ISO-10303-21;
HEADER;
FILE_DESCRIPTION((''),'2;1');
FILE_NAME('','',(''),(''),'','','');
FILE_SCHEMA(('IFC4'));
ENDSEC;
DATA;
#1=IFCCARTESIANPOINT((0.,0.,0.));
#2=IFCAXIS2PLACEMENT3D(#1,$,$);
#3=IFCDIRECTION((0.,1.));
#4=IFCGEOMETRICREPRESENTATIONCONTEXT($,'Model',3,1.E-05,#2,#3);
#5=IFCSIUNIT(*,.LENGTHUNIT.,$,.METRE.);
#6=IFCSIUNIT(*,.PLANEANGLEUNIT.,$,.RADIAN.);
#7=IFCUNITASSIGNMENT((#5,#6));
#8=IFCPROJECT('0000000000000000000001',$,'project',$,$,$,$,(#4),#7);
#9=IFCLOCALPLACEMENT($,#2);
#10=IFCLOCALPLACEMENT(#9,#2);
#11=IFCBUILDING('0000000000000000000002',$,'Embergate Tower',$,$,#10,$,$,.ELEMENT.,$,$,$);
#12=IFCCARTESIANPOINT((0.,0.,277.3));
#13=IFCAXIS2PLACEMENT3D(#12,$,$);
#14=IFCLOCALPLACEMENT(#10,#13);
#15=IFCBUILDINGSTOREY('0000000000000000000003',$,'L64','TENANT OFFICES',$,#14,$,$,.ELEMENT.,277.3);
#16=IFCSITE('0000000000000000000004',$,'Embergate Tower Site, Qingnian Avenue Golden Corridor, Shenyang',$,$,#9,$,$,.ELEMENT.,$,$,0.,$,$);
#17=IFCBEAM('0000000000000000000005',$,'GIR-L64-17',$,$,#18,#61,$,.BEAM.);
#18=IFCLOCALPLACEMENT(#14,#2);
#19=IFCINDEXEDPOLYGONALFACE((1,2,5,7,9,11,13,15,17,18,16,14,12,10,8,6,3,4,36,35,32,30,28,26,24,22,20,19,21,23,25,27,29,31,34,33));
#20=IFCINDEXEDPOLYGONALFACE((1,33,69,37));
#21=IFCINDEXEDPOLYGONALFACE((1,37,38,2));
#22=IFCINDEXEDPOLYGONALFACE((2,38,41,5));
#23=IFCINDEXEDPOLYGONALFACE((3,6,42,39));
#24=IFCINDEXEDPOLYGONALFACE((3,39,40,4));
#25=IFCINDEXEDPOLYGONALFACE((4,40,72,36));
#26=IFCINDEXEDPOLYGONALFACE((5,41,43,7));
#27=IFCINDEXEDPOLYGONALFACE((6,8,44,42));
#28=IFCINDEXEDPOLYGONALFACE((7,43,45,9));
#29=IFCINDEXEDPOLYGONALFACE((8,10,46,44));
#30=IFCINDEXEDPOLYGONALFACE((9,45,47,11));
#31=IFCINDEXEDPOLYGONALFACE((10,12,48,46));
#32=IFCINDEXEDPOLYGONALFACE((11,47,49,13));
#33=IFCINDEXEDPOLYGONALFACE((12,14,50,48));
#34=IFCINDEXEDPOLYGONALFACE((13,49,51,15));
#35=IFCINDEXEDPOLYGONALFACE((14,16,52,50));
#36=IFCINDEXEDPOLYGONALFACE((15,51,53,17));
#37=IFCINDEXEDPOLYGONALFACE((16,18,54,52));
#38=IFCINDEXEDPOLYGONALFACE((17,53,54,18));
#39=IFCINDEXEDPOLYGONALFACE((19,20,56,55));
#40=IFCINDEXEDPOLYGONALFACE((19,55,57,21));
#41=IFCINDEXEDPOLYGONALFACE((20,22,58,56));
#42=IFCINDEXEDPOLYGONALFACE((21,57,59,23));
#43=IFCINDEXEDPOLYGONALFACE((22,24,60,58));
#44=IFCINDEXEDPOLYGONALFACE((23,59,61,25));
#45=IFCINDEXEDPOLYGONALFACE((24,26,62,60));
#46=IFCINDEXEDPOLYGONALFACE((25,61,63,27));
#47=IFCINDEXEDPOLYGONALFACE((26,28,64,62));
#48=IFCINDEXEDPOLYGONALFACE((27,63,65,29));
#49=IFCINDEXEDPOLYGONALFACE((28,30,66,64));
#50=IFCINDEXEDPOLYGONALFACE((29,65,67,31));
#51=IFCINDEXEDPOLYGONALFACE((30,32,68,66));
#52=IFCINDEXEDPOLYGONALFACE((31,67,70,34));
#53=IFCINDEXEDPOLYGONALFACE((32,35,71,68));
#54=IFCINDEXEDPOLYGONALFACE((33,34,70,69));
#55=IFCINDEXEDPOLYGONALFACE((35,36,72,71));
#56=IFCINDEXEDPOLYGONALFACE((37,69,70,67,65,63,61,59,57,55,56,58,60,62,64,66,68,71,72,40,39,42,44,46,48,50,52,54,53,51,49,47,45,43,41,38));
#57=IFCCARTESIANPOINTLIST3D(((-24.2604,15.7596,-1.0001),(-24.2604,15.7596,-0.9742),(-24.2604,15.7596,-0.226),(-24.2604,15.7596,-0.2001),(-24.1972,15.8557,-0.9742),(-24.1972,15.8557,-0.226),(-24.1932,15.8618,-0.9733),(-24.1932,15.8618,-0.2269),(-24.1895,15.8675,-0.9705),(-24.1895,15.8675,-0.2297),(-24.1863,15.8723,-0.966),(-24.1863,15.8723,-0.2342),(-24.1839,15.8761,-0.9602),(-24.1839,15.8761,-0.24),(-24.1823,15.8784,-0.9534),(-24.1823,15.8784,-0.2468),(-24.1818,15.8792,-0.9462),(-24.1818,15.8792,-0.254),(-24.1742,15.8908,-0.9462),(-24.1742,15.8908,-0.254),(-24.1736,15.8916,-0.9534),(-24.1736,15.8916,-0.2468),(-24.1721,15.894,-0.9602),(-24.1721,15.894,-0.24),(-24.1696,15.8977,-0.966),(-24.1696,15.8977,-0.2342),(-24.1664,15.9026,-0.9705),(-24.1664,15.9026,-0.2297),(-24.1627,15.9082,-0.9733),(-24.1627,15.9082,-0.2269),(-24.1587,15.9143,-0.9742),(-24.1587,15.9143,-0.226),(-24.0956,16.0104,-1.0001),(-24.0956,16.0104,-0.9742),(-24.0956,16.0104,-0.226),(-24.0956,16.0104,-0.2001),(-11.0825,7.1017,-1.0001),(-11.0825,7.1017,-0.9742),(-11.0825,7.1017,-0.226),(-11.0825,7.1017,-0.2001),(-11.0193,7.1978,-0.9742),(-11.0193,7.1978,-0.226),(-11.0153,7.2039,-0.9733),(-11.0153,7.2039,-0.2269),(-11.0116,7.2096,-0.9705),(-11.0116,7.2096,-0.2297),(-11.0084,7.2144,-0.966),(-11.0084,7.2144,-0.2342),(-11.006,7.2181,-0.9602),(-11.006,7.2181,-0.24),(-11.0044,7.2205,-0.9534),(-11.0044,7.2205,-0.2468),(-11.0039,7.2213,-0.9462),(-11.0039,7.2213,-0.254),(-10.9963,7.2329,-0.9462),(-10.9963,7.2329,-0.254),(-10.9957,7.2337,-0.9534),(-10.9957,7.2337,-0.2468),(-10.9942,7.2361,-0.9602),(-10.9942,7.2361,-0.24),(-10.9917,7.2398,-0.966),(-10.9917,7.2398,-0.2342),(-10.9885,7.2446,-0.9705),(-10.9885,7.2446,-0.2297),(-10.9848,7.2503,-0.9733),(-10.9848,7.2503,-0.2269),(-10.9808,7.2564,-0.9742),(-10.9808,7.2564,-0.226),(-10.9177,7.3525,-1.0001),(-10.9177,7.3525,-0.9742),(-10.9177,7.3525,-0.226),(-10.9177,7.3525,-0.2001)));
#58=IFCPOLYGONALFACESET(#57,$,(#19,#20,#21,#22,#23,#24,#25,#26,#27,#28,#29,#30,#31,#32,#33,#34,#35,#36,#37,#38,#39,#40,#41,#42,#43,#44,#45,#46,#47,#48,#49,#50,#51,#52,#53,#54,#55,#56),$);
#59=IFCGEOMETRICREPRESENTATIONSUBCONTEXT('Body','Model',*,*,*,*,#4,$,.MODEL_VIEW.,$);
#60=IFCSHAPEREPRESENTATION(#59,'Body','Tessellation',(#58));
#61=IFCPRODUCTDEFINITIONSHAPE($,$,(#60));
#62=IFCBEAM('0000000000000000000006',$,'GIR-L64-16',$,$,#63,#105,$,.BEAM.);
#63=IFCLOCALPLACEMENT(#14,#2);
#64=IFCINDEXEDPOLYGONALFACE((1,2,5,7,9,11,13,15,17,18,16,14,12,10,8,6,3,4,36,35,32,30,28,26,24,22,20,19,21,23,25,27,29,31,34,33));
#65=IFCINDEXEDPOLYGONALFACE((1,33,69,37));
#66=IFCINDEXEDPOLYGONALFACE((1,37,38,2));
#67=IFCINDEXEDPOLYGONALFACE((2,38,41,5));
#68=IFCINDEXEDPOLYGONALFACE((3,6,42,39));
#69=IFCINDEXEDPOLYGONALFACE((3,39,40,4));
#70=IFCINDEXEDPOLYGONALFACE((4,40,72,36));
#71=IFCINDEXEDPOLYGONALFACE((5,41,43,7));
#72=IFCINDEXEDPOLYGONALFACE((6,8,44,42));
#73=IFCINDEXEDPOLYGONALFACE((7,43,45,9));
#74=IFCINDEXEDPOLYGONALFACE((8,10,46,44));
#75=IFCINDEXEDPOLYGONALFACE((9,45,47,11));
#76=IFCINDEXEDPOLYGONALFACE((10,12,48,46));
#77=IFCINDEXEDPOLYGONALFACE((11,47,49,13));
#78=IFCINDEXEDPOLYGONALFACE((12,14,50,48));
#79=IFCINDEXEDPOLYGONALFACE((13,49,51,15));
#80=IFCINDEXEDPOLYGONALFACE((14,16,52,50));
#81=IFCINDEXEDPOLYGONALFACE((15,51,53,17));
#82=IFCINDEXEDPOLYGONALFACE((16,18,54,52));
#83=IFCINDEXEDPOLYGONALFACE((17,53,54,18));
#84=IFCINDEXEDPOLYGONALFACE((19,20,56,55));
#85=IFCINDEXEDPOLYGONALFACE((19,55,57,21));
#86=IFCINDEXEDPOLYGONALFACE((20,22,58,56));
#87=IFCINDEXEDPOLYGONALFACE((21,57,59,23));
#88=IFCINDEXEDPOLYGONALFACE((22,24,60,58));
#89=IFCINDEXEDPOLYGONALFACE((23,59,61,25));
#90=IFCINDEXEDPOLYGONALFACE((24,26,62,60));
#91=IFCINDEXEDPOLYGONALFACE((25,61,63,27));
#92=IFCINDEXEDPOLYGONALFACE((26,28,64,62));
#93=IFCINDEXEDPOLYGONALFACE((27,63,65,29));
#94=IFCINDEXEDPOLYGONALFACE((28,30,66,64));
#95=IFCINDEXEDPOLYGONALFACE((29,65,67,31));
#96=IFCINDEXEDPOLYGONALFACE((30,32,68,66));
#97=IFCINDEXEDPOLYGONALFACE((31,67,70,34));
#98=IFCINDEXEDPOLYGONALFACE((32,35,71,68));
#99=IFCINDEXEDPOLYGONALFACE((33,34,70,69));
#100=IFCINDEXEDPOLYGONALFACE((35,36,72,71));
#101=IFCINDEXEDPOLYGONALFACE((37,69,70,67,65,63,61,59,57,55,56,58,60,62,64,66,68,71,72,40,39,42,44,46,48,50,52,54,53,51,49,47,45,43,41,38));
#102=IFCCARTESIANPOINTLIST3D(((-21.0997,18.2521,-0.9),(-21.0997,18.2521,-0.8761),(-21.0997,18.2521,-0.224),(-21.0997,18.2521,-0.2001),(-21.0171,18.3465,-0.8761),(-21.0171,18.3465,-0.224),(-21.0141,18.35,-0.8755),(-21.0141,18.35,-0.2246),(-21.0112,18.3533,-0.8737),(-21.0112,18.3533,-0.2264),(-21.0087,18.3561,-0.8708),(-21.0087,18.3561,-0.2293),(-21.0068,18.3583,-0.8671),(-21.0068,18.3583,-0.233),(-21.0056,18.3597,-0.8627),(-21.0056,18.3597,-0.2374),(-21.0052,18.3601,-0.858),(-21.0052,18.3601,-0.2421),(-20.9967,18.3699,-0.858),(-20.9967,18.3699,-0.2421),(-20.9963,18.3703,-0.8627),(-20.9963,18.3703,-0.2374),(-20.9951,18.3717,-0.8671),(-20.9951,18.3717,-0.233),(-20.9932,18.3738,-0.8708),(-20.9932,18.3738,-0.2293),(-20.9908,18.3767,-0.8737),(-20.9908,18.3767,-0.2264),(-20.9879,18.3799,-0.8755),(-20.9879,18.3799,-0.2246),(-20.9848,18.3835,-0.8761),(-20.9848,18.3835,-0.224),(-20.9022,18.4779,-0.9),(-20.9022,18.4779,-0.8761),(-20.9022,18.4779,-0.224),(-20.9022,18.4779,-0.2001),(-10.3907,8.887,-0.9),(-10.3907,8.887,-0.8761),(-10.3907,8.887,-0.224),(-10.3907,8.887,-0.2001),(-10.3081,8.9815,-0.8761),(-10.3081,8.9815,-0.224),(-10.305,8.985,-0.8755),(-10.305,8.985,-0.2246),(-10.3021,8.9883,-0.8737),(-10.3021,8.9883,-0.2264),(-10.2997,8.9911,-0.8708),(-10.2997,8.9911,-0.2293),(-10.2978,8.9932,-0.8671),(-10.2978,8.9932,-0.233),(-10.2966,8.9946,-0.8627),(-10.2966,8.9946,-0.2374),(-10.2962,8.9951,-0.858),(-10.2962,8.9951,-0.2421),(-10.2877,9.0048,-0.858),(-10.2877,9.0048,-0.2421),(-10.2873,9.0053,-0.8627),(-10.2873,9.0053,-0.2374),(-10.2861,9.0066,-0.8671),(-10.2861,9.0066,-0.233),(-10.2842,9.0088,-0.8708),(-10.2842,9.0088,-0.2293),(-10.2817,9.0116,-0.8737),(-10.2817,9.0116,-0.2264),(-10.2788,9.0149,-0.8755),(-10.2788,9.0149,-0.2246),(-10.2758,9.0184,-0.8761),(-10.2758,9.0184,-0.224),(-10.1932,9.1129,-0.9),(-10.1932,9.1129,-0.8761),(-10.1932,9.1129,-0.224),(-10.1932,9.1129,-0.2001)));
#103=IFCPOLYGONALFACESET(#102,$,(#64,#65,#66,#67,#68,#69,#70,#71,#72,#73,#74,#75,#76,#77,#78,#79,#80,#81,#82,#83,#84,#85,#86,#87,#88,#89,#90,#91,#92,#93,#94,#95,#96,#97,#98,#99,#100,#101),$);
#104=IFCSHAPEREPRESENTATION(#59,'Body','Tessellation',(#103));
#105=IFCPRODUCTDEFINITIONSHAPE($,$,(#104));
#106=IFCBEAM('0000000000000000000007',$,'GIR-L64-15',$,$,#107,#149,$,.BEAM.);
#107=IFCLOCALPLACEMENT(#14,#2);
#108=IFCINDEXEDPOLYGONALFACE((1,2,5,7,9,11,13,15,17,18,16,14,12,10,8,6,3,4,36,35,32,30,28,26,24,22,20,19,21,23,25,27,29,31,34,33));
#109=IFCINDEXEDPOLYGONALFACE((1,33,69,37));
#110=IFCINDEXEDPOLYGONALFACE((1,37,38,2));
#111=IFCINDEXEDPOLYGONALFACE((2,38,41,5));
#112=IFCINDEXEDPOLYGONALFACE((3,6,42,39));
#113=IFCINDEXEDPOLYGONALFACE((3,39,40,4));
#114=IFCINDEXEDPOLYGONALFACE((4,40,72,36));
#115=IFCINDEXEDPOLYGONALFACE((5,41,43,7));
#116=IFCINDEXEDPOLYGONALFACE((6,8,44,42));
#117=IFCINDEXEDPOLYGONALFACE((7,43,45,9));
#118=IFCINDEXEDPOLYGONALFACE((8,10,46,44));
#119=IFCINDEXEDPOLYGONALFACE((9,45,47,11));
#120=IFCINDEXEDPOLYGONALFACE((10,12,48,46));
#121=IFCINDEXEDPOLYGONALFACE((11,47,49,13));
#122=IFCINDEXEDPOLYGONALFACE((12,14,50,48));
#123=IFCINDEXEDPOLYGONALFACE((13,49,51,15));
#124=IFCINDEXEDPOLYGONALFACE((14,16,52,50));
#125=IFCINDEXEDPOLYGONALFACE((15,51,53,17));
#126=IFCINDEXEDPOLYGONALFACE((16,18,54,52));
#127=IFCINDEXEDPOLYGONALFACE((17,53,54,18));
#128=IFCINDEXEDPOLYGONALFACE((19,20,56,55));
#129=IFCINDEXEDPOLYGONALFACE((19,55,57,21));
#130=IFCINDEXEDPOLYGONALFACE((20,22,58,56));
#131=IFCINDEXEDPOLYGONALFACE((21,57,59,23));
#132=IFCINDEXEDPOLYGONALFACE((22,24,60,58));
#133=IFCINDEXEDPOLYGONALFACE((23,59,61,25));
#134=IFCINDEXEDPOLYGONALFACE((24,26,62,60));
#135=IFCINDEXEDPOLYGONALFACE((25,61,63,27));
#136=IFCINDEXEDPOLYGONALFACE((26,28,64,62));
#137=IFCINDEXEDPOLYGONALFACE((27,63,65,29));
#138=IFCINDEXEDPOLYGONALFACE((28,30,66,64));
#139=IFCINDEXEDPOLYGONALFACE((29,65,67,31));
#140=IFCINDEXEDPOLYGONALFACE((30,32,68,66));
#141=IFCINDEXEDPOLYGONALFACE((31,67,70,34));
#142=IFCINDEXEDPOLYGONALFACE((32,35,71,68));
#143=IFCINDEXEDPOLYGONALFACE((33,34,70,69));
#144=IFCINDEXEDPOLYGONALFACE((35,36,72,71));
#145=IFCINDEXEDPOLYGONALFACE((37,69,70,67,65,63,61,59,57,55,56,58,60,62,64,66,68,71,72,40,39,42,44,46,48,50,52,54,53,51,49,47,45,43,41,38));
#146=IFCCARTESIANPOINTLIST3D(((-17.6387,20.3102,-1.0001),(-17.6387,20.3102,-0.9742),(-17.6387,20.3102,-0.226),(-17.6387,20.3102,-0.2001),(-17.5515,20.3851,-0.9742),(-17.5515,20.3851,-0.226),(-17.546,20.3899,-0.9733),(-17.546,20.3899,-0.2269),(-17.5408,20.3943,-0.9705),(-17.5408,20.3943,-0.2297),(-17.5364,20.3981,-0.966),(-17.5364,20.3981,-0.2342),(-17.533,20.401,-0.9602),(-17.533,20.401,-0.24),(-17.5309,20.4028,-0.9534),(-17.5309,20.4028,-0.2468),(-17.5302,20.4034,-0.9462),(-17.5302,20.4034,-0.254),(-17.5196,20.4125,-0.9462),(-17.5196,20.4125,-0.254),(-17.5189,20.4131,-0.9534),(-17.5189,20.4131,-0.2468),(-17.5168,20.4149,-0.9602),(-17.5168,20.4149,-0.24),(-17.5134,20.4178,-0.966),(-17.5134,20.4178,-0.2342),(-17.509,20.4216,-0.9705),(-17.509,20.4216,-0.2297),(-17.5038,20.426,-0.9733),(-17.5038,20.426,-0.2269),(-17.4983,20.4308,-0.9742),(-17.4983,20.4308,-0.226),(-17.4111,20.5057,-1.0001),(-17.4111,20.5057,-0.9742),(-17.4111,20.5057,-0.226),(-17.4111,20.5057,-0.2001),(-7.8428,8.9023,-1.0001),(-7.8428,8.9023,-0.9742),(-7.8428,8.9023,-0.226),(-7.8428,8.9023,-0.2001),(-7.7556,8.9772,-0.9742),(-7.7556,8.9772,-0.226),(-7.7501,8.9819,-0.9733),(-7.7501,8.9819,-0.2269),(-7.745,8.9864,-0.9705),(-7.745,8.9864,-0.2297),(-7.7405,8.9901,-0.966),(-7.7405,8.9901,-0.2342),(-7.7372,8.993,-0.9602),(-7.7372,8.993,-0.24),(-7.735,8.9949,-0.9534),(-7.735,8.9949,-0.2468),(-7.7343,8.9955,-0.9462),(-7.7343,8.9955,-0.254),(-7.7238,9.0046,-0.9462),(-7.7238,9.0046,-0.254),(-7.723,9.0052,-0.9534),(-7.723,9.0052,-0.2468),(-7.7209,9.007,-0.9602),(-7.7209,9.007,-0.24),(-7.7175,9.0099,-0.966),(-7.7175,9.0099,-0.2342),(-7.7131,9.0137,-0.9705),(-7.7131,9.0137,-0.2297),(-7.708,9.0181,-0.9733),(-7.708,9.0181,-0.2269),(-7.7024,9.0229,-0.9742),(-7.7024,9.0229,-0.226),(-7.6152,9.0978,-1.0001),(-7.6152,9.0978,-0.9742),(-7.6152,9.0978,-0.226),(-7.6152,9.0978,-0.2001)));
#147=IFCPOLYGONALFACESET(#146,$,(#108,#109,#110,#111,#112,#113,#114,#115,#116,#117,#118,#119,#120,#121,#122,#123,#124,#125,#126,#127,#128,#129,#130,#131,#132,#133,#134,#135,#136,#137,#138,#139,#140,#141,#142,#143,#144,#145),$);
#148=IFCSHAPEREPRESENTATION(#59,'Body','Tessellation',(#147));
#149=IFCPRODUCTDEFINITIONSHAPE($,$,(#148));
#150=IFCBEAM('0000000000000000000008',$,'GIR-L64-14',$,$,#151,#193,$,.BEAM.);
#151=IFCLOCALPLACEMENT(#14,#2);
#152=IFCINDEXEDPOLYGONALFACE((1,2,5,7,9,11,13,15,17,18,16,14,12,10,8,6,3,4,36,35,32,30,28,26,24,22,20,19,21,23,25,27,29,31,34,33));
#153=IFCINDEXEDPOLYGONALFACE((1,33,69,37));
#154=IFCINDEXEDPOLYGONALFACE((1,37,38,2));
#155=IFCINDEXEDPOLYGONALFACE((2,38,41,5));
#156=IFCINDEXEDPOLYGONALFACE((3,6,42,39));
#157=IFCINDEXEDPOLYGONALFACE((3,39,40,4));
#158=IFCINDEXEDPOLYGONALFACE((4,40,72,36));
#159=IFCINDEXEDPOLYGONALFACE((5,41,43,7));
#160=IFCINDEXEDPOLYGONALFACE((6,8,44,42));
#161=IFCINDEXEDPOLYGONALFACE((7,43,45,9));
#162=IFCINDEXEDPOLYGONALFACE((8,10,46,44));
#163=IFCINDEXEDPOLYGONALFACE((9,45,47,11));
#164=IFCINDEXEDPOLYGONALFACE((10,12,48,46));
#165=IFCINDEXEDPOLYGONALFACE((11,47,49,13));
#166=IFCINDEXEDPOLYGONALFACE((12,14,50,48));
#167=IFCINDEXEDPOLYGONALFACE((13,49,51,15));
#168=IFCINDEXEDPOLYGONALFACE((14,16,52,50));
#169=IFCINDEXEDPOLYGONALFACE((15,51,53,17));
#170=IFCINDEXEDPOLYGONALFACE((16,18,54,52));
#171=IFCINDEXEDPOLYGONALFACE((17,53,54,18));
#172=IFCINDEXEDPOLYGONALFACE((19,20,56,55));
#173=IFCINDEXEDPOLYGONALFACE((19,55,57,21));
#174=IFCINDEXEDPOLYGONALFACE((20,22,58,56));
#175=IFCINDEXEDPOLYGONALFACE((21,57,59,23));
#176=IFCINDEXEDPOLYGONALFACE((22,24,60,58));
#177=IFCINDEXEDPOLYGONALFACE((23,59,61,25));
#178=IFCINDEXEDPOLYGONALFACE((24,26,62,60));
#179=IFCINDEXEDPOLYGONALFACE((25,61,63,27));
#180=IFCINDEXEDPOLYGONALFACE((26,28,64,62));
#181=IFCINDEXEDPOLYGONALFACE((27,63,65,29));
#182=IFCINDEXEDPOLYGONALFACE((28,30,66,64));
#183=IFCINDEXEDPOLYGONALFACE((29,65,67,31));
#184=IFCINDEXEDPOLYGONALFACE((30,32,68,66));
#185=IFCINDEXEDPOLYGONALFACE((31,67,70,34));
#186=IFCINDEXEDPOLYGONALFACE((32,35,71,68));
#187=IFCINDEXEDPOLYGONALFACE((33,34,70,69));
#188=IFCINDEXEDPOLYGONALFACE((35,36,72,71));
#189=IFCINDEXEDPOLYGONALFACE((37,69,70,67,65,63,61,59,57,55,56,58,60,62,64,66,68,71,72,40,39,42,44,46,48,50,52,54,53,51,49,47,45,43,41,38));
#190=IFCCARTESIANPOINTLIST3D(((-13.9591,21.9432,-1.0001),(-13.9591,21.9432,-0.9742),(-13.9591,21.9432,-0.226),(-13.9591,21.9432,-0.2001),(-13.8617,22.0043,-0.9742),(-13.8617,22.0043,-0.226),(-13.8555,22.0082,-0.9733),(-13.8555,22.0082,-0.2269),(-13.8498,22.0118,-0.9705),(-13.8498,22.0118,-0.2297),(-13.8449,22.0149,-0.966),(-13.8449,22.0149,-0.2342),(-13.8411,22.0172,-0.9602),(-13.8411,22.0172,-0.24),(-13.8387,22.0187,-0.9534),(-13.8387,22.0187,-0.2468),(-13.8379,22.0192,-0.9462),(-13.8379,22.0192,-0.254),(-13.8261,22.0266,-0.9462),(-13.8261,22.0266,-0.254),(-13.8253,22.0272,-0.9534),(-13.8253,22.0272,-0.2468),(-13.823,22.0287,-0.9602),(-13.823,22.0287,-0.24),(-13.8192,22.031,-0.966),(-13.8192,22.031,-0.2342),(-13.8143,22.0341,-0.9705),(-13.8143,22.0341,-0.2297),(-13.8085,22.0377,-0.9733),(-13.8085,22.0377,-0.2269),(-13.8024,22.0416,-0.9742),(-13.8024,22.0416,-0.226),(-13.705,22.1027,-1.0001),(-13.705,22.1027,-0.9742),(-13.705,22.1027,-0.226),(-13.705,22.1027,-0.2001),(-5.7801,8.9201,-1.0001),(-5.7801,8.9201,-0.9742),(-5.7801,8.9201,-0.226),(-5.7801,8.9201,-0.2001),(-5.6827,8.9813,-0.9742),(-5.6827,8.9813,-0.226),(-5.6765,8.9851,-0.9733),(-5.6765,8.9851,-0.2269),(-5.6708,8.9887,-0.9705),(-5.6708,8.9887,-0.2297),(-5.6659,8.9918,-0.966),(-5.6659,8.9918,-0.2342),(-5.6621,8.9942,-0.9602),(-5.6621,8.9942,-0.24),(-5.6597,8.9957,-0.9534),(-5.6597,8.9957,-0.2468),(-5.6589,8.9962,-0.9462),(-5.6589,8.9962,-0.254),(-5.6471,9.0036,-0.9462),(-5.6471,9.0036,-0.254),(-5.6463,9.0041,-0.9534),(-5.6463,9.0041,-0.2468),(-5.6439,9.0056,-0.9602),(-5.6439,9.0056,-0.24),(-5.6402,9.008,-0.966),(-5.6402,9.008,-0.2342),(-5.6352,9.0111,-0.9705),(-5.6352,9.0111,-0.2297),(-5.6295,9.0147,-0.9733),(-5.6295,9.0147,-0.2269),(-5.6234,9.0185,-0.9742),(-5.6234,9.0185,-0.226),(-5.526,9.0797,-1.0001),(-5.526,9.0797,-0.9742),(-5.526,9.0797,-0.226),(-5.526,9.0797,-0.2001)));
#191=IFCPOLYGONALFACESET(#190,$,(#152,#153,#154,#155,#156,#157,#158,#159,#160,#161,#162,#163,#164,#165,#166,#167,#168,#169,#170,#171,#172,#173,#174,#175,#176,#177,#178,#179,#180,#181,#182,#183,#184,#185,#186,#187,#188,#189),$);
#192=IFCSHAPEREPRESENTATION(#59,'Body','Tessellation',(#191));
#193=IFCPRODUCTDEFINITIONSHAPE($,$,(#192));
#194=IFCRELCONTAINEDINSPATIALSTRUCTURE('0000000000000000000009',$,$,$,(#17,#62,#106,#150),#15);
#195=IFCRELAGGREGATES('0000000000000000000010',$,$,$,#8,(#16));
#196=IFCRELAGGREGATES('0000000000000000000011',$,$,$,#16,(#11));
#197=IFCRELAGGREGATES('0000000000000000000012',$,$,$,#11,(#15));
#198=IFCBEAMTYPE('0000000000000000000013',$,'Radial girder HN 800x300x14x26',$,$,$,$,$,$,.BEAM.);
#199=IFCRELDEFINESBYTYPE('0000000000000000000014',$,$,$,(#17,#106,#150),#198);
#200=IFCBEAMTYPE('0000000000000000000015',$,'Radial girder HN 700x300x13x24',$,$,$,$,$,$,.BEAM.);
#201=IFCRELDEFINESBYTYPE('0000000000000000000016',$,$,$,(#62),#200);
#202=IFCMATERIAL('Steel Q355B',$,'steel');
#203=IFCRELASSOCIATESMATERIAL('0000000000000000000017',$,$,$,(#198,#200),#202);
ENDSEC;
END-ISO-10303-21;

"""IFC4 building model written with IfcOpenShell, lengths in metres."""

from ifc_helpers import new_model, si_unit, direction, frame, origin, origin_2d, place, context, subcontext, project, spatial, i_section, extrude, source, transform, mapped, material, material_profile, profile_set, type_object, element, save


model = new_model("IFC4")

# Units and contexts
model_context = context("Model", 3, precision=1e-05, world=origin(), true_north=direction((0.0, 1.0)))
body_context = subcontext(model_context, "Body", "Model", "MODEL_VIEW")
ifc_project = project(units=[si_unit("LENGTHUNIT", "METRE"), si_unit("PLANEANGLEUNIT", "RADIAN")], contexts=[model_context])

# Site, building, storey
site_placement = place(None, origin())
site = spatial("IfcSite", under=ifc_project, at=site_placement, Name="Embergate Tower Site, Qingnian Avenue Golden Corridor, Shenyang", CompositionType="ELEMENT", RefElevation=0.0)
building_placement = place(site_placement, origin())
building = spatial("IfcBuilding", under=site, at=building_placement, Name="Embergate Tower", CompositionType="ELEMENT")
storey_placement = place(building_placement, frame((0.0, 0.0, 277.3)))
storey = spatial("IfcBuildingStorey", under=building, at=storey_placement, Name="L64", Description="TENANT OFFICES", CompositionType="ELEMENT", Elevation=277.3)

# Beams
ifc_material_1 = material(Name="Steel Q355B", Category="steel")
ifc_material_profile_1 = material_profile(ifc_material_1, i_section(OverallWidth=0.3, OverallDepth=0.8, WebThickness=0.0139, FlangeThickness=0.0259, FilletRadius=0.0281, at=origin_2d()), Name="HN 800x300x14x26")
ifc_profile_set_1 = profile_set([ifc_material_profile_1], Name="Steel Q355 grade B")
beam_type_1 = type_object("IfcBeamType", Name="Radial girder HN 800x300x14x26", PredefinedType="BEAM", material=ifc_profile_set_1)
shared_shape_1 = source(origin(), body_context, "Body", "SweptSolid", [
    extrude(i_section(OverallWidth=0.3, OverallDepth=0.8, WebThickness=0.0139, FlangeThickness=0.0259, FilletRadius=0.0281, at=origin_2d()), origin(), (0.0, 0.0, 1.0), 15.7676),
])
beam_1_placement = place(storey_placement, frame((-24.178, 15.885, -0.6001), z_axis=(0.835759, -0.549096, 0.0), x_axis=(0.549096, 0.835759, 0.0)))
element("IfcBeam", 1, at=beam_1_placement, inside=storey, type_object=beam_type_1, Name="GIR-L64-17", PredefinedType="BEAM", context=body_context, shape_type="MappedRepresentation", body=[
    mapped(shared_shape_1, transform((0.0, 0.0, 0.0))),
])
ifc_material_profile_2 = material_profile(ifc_material_1, i_section(OverallWidth=0.3, OverallDepth=0.7, WebThickness=0.0129, FlangeThickness=0.0239, FilletRadius=0.0181, at=origin_2d()), Name="HN 700x300x13x24")
ifc_profile_set_2 = profile_set([ifc_material_profile_2], Name="Steel Q355 grade B")
beam_type_2 = type_object("IfcBeamType", Name="Radial girder HN 700x300x13x24", PredefinedType="BEAM", material=ifc_profile_set_2)
shared_shape_2 = source(origin(), body_context, "Body", "SweptSolid", [
    extrude(i_section(OverallWidth=0.3, OverallDepth=0.7, WebThickness=0.0129, FlangeThickness=0.0239, FilletRadius=0.0181, at=origin_2d()), origin(), (0.0, 0.0, 1.0), 14.2263),
])
beam_2_placement = place(storey_placement, frame((-21.001, 18.365, -0.55), z_axis=(0.752764, -0.658291, 0.0), x_axis=(0.658291, 0.752764, 0.0)))
element("IfcBeam", 2, at=beam_2_placement, inside=storey, type_object=beam_type_2, Name="GIR-L64-16", PredefinedType="BEAM", context=body_context, shape_type="MappedRepresentation", body=[
    mapped(shared_shape_2, transform((0.0, 0.0, 0.0))),
])
shared_shape_3 = source(origin(), body_context, "Body", "SweptSolid", [
    extrude(i_section(OverallWidth=0.3, OverallDepth=0.8, WebThickness=0.0139, FlangeThickness=0.0259, FilletRadius=0.0281, at=origin_2d()), origin(), (0.0, 0.0, 1.0), 15.0366),
])
beam_3_placement = place(storey_placement, frame((-17.5249, 20.408, -0.6001), z_axis=(0.651468, -0.758676, 0.0), x_axis=(0.758676, 0.651468, 0.0)))
element("IfcBeam", 3, at=beam_3_placement, inside=storey, type_object=beam_type_1, Name="GIR-L64-15", PredefinedType="BEAM", context=body_context, shape_type="MappedRepresentation", body=[
    mapped(shared_shape_3, transform((0.0, 0.0, 0.0))),
])
shared_shape_4 = source(origin(), body_context, "Body", "SweptSolid", [
    extrude(i_section(OverallWidth=0.3, OverallDepth=0.8, WebThickness=0.0139, FlangeThickness=0.0259, FilletRadius=0.0281, at=origin_2d()), origin(), (0.0, 0.0, 1.0), 15.3784),
])
beam_4_placement = place(storey_placement, frame((-13.832, 22.0229, -0.6001), z_axis=(0.53185, -0.846839, 0.0), x_axis=(0.846839, 0.53185, 0.0)))
element("IfcBeam", 4, at=beam_4_placement, inside=storey, type_object=beam_type_1, Name="GIR-L64-14", PredefinedType="BEAM", context=body_context, shape_type="MappedRepresentation", body=[
    mapped(shared_shape_4, transform((0.0, 0.0, 0.0))),
])

save(model, "model.ifc")
